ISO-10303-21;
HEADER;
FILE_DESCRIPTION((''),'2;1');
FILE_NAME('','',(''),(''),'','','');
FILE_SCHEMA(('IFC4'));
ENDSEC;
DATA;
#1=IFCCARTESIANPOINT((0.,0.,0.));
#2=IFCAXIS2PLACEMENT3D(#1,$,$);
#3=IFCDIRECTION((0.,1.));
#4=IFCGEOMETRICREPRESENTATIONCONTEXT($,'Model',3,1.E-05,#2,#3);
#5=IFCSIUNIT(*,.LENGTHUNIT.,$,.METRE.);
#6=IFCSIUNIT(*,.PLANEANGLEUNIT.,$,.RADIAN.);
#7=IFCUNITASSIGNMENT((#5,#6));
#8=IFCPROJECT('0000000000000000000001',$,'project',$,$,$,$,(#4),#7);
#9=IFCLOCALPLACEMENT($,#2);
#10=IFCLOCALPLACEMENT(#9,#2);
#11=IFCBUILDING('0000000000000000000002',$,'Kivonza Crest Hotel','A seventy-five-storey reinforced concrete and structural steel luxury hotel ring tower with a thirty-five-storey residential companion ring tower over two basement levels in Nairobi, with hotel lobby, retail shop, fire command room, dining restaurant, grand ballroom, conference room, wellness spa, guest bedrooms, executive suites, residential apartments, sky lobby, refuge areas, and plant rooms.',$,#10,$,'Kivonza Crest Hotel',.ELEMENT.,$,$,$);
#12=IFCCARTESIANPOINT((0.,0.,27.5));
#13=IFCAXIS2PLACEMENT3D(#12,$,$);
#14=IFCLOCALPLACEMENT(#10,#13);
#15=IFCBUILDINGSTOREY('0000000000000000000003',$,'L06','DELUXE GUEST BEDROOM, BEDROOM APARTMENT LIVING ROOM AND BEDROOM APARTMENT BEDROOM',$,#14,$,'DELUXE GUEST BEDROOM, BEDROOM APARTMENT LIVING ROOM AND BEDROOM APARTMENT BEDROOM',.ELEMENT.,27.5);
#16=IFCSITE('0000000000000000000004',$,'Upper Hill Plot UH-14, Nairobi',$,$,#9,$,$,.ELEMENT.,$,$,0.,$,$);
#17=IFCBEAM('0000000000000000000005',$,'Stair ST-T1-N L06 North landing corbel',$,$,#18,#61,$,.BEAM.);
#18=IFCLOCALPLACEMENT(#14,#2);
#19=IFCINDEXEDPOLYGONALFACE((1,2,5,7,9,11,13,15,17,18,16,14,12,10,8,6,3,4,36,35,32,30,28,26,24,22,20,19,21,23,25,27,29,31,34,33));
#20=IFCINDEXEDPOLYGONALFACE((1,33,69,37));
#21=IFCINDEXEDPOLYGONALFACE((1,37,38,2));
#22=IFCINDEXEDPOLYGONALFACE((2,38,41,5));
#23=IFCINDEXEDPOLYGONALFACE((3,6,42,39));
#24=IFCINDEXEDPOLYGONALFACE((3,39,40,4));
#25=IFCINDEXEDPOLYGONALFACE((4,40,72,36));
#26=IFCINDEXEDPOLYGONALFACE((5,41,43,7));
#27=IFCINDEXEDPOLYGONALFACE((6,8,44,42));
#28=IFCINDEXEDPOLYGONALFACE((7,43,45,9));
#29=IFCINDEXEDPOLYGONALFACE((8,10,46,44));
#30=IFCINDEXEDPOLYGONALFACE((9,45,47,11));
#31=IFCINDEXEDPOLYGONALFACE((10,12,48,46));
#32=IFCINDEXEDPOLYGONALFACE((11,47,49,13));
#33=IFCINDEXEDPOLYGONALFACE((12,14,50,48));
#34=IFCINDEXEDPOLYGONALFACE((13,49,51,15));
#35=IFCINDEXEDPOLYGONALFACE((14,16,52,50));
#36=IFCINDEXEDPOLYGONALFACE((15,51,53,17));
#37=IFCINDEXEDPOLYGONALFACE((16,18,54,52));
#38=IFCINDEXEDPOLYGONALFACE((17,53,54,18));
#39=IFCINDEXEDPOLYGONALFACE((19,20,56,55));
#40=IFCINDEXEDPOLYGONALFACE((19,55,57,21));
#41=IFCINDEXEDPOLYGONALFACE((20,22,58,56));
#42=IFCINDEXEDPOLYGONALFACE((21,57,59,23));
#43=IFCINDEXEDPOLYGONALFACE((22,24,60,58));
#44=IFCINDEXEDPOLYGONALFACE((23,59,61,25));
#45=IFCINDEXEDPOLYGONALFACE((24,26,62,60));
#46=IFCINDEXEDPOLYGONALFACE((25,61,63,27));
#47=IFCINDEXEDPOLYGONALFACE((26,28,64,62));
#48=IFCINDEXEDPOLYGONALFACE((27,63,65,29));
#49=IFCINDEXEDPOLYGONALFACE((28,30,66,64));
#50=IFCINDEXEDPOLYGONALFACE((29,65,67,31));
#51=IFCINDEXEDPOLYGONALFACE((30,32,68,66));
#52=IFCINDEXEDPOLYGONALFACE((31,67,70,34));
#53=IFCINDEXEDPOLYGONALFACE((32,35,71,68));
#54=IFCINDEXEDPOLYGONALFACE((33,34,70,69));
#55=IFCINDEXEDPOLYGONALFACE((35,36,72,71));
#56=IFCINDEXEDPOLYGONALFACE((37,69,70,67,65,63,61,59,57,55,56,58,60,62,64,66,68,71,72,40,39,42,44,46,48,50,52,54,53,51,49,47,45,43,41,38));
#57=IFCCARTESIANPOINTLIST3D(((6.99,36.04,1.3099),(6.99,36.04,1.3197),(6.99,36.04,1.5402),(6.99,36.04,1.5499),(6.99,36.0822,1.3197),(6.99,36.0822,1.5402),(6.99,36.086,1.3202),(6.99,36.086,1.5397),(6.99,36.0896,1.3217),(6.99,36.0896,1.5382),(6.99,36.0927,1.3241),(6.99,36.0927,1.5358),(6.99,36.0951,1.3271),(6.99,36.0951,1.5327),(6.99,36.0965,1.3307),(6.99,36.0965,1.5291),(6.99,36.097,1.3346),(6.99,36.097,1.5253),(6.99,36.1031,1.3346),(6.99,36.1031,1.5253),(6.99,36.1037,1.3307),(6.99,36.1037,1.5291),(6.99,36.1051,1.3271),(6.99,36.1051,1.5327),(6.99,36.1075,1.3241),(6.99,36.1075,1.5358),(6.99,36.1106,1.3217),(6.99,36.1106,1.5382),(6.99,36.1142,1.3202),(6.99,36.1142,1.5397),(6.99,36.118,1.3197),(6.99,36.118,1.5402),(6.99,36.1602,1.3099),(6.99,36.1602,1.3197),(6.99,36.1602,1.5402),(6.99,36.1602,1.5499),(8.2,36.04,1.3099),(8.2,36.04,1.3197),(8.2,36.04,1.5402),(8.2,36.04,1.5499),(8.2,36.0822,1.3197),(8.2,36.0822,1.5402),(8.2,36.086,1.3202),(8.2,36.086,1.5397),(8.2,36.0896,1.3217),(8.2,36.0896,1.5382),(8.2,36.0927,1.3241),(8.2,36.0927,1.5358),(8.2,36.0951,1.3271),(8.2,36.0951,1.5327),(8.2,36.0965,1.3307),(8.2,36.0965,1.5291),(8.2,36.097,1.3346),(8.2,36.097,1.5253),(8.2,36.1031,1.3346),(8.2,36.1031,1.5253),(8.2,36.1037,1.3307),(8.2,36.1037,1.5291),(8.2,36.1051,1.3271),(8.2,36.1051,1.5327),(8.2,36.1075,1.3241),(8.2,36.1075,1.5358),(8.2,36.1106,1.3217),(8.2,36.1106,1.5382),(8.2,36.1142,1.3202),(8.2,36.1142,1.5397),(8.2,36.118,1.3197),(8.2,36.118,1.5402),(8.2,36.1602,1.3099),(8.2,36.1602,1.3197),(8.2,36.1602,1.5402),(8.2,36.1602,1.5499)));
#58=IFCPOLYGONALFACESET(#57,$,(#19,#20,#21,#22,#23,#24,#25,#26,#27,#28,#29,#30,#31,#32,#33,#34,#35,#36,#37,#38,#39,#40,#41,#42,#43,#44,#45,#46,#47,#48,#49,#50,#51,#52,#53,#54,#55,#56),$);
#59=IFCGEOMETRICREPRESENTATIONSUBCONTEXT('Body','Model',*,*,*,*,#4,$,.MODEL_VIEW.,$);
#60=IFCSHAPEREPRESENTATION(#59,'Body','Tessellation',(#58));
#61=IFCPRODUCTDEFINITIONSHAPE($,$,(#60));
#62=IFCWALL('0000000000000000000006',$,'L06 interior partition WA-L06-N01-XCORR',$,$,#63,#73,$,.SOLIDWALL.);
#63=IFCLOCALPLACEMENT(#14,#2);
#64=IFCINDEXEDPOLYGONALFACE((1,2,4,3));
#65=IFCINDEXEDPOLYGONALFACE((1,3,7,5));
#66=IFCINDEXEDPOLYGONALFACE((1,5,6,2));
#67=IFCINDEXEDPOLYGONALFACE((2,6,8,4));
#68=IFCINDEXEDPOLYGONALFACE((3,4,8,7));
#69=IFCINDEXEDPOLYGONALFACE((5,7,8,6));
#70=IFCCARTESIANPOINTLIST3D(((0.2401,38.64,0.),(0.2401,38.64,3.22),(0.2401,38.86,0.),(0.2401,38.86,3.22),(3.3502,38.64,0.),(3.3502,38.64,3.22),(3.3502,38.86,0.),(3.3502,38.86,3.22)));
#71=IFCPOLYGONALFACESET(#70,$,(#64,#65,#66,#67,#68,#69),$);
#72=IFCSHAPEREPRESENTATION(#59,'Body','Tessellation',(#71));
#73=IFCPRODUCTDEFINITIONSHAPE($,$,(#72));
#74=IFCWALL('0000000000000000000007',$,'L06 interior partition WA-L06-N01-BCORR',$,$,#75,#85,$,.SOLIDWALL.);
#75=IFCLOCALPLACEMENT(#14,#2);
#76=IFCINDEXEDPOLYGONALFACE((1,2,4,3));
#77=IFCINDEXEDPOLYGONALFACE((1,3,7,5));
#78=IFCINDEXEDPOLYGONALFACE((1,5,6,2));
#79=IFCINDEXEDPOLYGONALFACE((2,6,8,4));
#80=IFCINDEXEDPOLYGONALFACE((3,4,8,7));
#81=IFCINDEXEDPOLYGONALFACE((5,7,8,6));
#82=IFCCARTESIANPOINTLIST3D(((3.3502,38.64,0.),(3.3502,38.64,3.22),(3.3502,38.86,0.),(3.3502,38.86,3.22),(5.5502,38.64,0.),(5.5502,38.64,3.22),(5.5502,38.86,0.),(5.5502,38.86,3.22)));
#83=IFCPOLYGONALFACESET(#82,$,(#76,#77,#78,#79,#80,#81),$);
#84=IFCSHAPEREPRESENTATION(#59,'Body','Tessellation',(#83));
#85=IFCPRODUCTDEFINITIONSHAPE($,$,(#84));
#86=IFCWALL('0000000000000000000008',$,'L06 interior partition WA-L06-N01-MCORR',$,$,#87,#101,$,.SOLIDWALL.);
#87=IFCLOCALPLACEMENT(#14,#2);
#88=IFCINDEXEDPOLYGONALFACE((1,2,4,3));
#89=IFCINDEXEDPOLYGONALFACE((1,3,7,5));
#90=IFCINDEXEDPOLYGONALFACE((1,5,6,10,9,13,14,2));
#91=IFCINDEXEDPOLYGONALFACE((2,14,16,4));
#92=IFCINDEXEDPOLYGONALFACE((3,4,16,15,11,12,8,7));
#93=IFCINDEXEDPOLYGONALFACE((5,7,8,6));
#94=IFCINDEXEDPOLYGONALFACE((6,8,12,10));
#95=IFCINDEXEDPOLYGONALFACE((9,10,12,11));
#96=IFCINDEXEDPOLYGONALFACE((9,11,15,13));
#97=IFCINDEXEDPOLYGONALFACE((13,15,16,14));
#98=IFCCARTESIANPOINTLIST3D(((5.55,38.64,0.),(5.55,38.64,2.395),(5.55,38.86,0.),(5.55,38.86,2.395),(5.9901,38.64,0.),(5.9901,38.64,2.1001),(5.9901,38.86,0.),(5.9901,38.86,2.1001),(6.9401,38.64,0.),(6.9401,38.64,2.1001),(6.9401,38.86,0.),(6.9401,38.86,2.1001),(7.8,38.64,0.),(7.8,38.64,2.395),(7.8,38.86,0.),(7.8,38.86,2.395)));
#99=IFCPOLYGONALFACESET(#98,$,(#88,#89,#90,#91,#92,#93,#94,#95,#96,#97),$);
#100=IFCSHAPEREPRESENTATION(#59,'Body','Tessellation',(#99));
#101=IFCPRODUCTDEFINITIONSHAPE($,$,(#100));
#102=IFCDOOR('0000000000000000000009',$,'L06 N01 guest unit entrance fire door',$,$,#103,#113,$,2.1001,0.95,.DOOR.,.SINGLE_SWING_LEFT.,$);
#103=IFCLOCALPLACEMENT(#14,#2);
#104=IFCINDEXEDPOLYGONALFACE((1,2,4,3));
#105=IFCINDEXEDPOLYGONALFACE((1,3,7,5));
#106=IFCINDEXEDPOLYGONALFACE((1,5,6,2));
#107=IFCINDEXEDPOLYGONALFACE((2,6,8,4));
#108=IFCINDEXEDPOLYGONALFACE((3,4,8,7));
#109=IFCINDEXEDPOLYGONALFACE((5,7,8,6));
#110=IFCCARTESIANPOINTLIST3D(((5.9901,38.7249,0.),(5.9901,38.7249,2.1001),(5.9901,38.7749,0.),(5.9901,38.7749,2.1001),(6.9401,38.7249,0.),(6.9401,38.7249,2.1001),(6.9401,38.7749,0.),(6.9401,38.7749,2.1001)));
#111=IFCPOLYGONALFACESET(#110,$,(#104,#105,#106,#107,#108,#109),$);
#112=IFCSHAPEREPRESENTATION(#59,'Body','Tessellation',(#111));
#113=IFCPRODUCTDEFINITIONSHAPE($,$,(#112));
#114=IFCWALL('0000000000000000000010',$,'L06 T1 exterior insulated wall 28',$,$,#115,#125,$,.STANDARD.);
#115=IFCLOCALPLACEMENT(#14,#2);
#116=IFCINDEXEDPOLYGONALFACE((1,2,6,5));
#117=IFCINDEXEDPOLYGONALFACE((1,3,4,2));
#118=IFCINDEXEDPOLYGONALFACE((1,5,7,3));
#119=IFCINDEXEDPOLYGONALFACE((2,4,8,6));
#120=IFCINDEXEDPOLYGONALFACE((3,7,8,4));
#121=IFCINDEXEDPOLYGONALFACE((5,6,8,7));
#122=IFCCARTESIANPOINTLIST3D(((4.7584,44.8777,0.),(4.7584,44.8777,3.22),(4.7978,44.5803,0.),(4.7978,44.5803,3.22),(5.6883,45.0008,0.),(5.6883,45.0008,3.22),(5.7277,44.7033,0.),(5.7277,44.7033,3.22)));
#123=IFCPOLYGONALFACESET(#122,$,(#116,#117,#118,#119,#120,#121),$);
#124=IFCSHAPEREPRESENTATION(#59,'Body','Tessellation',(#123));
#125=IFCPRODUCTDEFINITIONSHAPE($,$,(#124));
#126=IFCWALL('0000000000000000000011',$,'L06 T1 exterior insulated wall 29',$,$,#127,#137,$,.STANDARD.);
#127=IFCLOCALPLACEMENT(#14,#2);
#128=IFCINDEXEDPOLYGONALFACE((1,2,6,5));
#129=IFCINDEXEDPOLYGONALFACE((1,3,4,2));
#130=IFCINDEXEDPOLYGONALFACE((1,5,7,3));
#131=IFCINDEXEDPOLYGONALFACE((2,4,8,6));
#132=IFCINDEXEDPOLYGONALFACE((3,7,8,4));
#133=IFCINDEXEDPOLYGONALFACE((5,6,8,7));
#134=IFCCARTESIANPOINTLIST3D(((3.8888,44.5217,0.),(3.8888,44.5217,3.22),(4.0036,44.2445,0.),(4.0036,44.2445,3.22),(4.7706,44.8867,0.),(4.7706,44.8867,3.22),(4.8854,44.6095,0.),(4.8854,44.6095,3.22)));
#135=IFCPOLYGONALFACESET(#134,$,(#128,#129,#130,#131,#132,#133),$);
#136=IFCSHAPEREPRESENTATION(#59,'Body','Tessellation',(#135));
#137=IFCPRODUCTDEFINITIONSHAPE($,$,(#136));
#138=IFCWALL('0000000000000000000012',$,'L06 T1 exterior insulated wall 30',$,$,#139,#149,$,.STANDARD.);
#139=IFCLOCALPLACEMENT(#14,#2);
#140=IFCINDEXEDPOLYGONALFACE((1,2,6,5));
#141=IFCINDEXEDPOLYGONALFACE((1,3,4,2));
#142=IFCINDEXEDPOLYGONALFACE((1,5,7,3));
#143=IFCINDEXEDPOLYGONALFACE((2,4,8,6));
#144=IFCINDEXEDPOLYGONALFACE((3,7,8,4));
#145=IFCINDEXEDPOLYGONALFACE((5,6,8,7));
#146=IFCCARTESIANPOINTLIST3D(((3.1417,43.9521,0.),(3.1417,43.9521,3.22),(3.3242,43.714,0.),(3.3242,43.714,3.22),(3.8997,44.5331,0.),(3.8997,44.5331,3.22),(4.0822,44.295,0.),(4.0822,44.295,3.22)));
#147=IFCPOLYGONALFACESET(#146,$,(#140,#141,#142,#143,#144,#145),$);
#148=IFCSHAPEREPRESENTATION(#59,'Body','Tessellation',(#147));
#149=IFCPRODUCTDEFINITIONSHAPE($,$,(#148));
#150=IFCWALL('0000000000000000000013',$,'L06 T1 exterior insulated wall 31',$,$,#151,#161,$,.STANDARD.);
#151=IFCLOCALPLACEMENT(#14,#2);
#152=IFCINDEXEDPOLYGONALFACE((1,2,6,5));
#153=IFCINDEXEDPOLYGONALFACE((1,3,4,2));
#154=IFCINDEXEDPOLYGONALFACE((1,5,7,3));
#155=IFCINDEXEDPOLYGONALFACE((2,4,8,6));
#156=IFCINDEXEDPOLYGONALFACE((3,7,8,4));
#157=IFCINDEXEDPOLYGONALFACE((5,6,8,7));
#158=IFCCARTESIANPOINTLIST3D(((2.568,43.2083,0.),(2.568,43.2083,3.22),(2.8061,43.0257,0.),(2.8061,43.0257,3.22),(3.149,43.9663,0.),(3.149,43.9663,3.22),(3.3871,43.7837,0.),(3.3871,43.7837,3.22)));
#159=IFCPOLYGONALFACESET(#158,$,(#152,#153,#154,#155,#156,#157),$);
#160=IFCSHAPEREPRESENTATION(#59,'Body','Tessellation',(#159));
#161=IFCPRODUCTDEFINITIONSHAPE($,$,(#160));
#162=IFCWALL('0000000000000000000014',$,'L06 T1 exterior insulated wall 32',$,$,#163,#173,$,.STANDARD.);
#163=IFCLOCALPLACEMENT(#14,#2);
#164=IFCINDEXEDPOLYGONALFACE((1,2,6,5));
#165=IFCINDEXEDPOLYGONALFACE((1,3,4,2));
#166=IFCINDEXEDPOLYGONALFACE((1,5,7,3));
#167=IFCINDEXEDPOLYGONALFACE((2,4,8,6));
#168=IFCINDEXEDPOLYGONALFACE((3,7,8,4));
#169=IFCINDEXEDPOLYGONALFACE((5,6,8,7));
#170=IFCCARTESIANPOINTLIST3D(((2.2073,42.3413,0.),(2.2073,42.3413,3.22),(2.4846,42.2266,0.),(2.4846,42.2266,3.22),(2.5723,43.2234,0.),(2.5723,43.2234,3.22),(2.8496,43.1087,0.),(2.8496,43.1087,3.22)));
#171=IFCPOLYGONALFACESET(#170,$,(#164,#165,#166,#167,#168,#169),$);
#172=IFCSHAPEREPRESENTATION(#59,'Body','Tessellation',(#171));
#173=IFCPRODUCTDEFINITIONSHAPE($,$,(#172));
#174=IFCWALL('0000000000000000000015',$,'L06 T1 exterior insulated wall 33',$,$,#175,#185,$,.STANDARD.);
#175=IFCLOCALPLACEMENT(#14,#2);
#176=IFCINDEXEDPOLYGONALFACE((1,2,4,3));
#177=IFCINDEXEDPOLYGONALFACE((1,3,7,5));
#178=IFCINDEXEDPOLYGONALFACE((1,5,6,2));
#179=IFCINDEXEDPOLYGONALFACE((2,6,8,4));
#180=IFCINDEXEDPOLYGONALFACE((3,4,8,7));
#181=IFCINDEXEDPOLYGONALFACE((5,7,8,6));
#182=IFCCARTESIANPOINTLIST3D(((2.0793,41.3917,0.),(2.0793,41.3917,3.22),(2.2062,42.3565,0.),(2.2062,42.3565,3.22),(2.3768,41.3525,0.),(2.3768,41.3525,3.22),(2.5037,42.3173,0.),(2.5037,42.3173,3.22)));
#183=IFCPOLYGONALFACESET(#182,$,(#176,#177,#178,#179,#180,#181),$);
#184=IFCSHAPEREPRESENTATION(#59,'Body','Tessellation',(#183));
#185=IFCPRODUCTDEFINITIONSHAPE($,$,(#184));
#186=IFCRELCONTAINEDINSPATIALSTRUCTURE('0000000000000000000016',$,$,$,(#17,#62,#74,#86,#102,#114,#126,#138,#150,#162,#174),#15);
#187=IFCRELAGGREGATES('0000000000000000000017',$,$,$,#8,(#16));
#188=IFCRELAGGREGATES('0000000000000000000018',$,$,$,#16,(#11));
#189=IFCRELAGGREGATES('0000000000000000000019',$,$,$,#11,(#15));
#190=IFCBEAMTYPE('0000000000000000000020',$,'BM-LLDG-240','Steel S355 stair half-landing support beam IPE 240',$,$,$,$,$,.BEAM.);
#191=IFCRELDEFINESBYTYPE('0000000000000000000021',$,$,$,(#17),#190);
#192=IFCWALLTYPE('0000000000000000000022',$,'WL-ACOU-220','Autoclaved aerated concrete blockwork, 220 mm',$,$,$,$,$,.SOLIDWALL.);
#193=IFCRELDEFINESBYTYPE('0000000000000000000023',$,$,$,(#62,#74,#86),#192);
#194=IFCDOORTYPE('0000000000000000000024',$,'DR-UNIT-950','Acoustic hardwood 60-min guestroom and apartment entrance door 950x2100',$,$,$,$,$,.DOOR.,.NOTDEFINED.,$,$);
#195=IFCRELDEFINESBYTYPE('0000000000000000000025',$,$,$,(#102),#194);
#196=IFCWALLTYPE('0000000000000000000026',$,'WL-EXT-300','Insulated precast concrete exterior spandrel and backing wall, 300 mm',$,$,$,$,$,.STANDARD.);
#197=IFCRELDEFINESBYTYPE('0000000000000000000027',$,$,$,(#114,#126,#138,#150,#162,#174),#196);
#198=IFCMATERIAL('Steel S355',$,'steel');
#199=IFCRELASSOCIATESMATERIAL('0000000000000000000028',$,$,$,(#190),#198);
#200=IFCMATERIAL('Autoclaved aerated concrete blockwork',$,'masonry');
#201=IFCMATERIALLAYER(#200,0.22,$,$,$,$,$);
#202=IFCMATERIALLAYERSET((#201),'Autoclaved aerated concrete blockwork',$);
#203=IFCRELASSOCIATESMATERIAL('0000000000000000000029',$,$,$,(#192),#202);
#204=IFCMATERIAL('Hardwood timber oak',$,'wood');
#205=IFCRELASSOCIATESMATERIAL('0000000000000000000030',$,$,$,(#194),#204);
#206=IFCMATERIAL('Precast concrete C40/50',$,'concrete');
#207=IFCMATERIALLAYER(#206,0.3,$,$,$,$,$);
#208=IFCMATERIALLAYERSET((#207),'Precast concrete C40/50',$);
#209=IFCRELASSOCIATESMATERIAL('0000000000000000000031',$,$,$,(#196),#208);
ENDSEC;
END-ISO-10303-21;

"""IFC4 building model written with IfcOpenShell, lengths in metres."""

from ifc_helpers import new_model, si_unit, direction, frame, frame_2d, origin, origin_2d, place, context, subcontext, project, spatial, rectangle, i_section, extrude, material, layer, layer_set, material_profile, profile_set, type_object, element, fill, save


model = new_model("IFC4")

# Units and contexts
model_context = context("Model", 3, precision=1e-05, world=origin(), true_north=direction((0.0, 1.0)))
body_context = subcontext(model_context, "Body", "Model", "MODEL_VIEW")
ifc_project = project(units=[si_unit("LENGTHUNIT", "METRE"), si_unit("PLANEANGLEUNIT", "RADIAN")], contexts=[model_context])

# Site, building, storey
site_placement = place(None, origin())
site = spatial("IfcSite", under=ifc_project, at=site_placement, Name="Upper Hill Plot UH-14, Nairobi", CompositionType="ELEMENT", RefElevation=0.0)
building_placement = place(site_placement, origin())
building = spatial("IfcBuilding", under=site, at=building_placement, Name="Kivonza Crest Hotel", Description="A seventy-five-storey reinforced concrete and structural steel luxury hotel ring tower with a thirty-five-storey residential companion ring tower over two basement levels in Nairobi, with hotel lobby, retail shop, fire command room, dining restaurant, grand ballroom, conference room, wellness spa, guest bedrooms, executive suites, residential apartments, sky lobby, refuge areas, and plant rooms.", LongName="Kivonza Crest Hotel", CompositionType="ELEMENT")
storey_placement = place(building_placement, frame((0.0, 0.0, 27.5)))
storey = spatial("IfcBuildingStorey", under=building, at=storey_placement, Name="L06", Description="DELUXE GUEST BEDROOM, BEDROOM APARTMENT LIVING ROOM AND BEDROOM APARTMENT BEDROOM", LongName="DELUXE GUEST BEDROOM, BEDROOM APARTMENT LIVING ROOM AND BEDROOM APARTMENT BEDROOM", CompositionType="ELEMENT", Elevation=27.5)

# Beam
ifc_material_1 = material(Name="Steel S355", Category="steel")
ifc_material_profile = material_profile(ifc_material_1, i_section(OverallWidth=0.1201, OverallDepth=0.24, WebThickness=0.0061, FlangeThickness=0.0098, FilletRadius=0.0149, at=origin_2d()), Name="IPE 240")
ifc_profile_set = profile_set([ifc_material_profile], Name="Steel S355")
beam_type = type_object("IfcBeamType", Name="BM-LLDG-240", Description="Steel S355 stair half-landing support beam IPE 240", PredefinedType="BEAM", material=ifc_profile_set)
beam_placement = place(storey_placement, frame((6.99, 36.1001, 1.4299), z_axis=(1.0, 0.0, 0.0), x_axis=(0.0, 1.0, 0.0)))
element("IfcBeam", 1, at=beam_placement, inside=storey, type_object=beam_type, Name="Stair ST-T1-N L06 North landing corbel", PredefinedType="BEAM", context=body_context, shape_type="SweptSolid", body=[
    extrude(i_section(OverallWidth=0.1201, OverallDepth=0.24, WebThickness=0.0061, FlangeThickness=0.0098, FilletRadius=0.0149, at=origin_2d()), origin(), (0.0, 0.0, 1.0), 1.21),
])

# Walls
ifc_material_2 = material(Name="Autoclaved aerated concrete blockwork", Category="masonry")
ifc_layer_1 = layer(ifc_material_2, 0.22)
ifc_layer_set_1 = layer_set([ifc_layer_1], Name="Autoclaved aerated concrete blockwork")
wall_type_1 = type_object("IfcWallType", Name="WL-ACOU-220", Description="Autoclaved aerated concrete blockwork, 220 mm", PredefinedType="SOLIDWALL", material=ifc_layer_set_1)
wall_1_placement = place(storey_placement, frame((0.24, 38.75, 0.0), z_axis=(0.0, 0.0, 1.0), x_axis=(1.0, 0.0, 0.0)))
element("IfcWall", 2, at=wall_1_placement, inside=storey, type_object=wall_type_1, Name="L06 interior partition WA-L06-N01-XCORR", PredefinedType="SOLIDWALL", context=body_context, shape_type="SweptSolid", body=[
    extrude(rectangle(XDim=3.1101, YDim=0.22, at=frame_2d((1.5552, 0.0))), origin(), (0.0, 0.0, 1.0), 3.22),
])
wall_2_placement = place(storey_placement, frame((3.3501, 38.75, 0.0), z_axis=(0.0, 0.0, 1.0), x_axis=(1.0, 0.0, 0.0)))
element("IfcWall", 3, at=wall_2_placement, inside=storey, type_object=wall_type_1, Name="L06 interior partition WA-L06-N01-BCORR", PredefinedType="SOLIDWALL", context=body_context, shape_type="SweptSolid", body=[
    extrude(rectangle(XDim=2.2, YDim=0.22, at=frame_2d((1.1001, 0.0))), origin(), (0.0, 0.0, 1.0), 3.22),
])

# Wall, opening, door
wall_3_placement = place(storey_placement, frame((5.55, 38.75, 0.0), z_axis=(0.0, 0.0, 1.0), x_axis=(1.0, 0.0, 0.0)))
wall_3 = element("IfcWall", 4, at=wall_3_placement, inside=storey, type_object=wall_type_1, Name="L06 interior partition WA-L06-N01-MCORR", PredefinedType="SOLIDWALL", context=body_context, shape_type="SweptSolid", body=[
    extrude(rectangle(XDim=2.25, YDim=0.22, at=frame_2d((1.125, 0.0))), origin(), (0.0, 0.0, 1.0), 2.395),
])
opening_1_placement = place(wall_3_placement, frame((0.4399, 0.0, 0.0)))
opening_1 = element("IfcOpeningElement", 5, at=opening_1_placement, cuts=wall_3, PredefinedType="OPENING", context=body_context, shape_type="SweptSolid", body=[
    extrude(rectangle(XDim=0.95, YDim=2.1001, at=frame_2d((0.4751, 1.05))), frame((0.0, 0.1201, 0.0), z_axis=(0.0, -1.0, 0.0), x_axis=(1.0, 0.0, 0.0)), (0.0, 0.0, 1.0), 0.24),
])
ifc_material_3 = material(Name="Hardwood timber oak", Category="wood")
door_type_1 = type_object("IfcDoorType", Name="DR-UNIT-950", Description="Acoustic hardwood 60-min guestroom and apartment entrance door 950x2100", OperationType="NOTDEFINED", PredefinedType="DOOR", material=ifc_material_3)
door_1_placement = place(opening_1_placement, origin())
door_1 = element("IfcDoor", 6, at=door_1_placement, inside=storey, type_object=door_type_1, Name="L06 N01 guest unit entrance fire door", OperationType="SINGLE_SWING_LEFT", OverallHeight=2.1001, OverallWidth=0.95, PredefinedType="DOOR", context=body_context, shape_type="SweptSolid", body=[
    extrude(rectangle(XDim=0.95, YDim=2.1001, at=frame_2d((0.4751, 1.05))), frame((0.0, 0.0249, 0.0), z_axis=(0.0, -1.0, 0.0), x_axis=(1.0, 0.0, 0.0)), (0.0, 0.0, 1.0), 0.05),
])
fill(opening_1, door_1)

# Walls
ifc_material_4 = material(Name="Precast concrete C40/50", Category="concrete")
ifc_layer_2 = layer(ifc_material_4, 0.3)
ifc_layer_set_2 = layer_set([ifc_layer_2], Name="Precast concrete C40/50")
wall_type_2 = type_object("IfcWallType", Name="WL-EXT-300", Description="Insulated precast concrete exterior spandrel and backing wall, 300 mm", PredefinedType="STANDARD", material=ifc_layer_set_2)
wall_4_placement = place(storey_placement, frame((5.708, 44.8521, 0.0), z_axis=(0.0, 0.0, 1.0), x_axis=(-0.991359, -0.131175, 0.0)))
element("IfcWall", 7, at=wall_4_placement, inside=storey, type_object=wall_type_2, Name="L06 T1 exterior insulated wall 28", PredefinedType="STANDARD", context=body_context, shape_type="SweptSolid", body=[
    extrude(rectangle(XDim=0.938, YDim=0.3, at=frame_2d((0.469, 0.0))), origin(), (0.0, 0.0, 1.0), 3.22),
])
wall_5_placement = place(storey_placement, frame((4.8279, 44.748, 0.0), z_axis=(0.0, 0.0, 1.0), x_axis=(-0.923983, -0.382435, 0.0)))
element("IfcWall", 8, at=wall_5_placement, inside=storey, type_object=wall_type_2, Name="L06 T1 exterior insulated wall 29", PredefinedType="STANDARD", context=body_context, shape_type="SweptSolid", body=[
    extrude(rectangle(XDim=0.9543, YDim=0.3, at=frame_2d((0.4771, 0.0))), origin(), (0.0, 0.0, 1.0), 3.22),
])
for number, where, z_axis, x_axis, name in (
    (9, (3.991, 44.4141, 0.0), (0.0, 0.0, 1.0), (-0.793668, -0.608351, 0.0), "L06 T1 exterior insulated wall 30"),
    (10, (3.2681, 43.875, 0.0), (0.0, 0.0, 1.0), (-0.608351, -0.793668, 0.0), "L06 T1 exterior insulated wall 31"),
):
    element("IfcWall", number, at=place(storey_placement, frame(where, z_axis=z_axis, x_axis=x_axis)), inside=storey, type_object=wall_type_2, Name=name, PredefinedType="STANDARD", context=body_context, shape_type="SweptSolid", body=[
        extrude(rectangle(XDim=0.9551, YDim=0.3, at=frame_2d((0.4775, 0.0))), origin(), (0.0, 0.0, 1.0), 3.22),
    ])
wall_6_placement = place(storey_placement, frame((2.7109, 43.166, 0.0), z_axis=(0.0, 0.0, 1.0), x_axis=(-0.382344, -0.92402, 0.0)))
element("IfcWall", 11, at=wall_6_placement, inside=storey, type_object=wall_type_2, Name="L06 T1 exterior insulated wall 32", PredefinedType="STANDARD", context=body_context, shape_type="SweptSolid", body=[
    extrude(rectangle(XDim=0.9546, YDim=0.3, at=frame_2d((0.4773, 0.0))), origin(), (0.0, 0.0, 1.0), 3.22),
])
wall_7_placement = place(storey_placement, frame((2.355, 42.3369, 0.0), z_axis=(0.0, 0.0, 1.0), x_axis=(-0.130455, -0.991454, 0.0)))
element("IfcWall", 12, at=wall_7_placement, inside=storey, type_object=wall_type_2, Name="L06 T1 exterior insulated wall 33", PredefinedType="STANDARD", context=body_context, shape_type="SweptSolid", body=[
    extrude(rectangle(XDim=0.9731, YDim=0.3, at=frame_2d((0.4866, 0.0))), origin(), (0.0, 0.0, 1.0), 3.22),
])

save(model, "model.ifc")
